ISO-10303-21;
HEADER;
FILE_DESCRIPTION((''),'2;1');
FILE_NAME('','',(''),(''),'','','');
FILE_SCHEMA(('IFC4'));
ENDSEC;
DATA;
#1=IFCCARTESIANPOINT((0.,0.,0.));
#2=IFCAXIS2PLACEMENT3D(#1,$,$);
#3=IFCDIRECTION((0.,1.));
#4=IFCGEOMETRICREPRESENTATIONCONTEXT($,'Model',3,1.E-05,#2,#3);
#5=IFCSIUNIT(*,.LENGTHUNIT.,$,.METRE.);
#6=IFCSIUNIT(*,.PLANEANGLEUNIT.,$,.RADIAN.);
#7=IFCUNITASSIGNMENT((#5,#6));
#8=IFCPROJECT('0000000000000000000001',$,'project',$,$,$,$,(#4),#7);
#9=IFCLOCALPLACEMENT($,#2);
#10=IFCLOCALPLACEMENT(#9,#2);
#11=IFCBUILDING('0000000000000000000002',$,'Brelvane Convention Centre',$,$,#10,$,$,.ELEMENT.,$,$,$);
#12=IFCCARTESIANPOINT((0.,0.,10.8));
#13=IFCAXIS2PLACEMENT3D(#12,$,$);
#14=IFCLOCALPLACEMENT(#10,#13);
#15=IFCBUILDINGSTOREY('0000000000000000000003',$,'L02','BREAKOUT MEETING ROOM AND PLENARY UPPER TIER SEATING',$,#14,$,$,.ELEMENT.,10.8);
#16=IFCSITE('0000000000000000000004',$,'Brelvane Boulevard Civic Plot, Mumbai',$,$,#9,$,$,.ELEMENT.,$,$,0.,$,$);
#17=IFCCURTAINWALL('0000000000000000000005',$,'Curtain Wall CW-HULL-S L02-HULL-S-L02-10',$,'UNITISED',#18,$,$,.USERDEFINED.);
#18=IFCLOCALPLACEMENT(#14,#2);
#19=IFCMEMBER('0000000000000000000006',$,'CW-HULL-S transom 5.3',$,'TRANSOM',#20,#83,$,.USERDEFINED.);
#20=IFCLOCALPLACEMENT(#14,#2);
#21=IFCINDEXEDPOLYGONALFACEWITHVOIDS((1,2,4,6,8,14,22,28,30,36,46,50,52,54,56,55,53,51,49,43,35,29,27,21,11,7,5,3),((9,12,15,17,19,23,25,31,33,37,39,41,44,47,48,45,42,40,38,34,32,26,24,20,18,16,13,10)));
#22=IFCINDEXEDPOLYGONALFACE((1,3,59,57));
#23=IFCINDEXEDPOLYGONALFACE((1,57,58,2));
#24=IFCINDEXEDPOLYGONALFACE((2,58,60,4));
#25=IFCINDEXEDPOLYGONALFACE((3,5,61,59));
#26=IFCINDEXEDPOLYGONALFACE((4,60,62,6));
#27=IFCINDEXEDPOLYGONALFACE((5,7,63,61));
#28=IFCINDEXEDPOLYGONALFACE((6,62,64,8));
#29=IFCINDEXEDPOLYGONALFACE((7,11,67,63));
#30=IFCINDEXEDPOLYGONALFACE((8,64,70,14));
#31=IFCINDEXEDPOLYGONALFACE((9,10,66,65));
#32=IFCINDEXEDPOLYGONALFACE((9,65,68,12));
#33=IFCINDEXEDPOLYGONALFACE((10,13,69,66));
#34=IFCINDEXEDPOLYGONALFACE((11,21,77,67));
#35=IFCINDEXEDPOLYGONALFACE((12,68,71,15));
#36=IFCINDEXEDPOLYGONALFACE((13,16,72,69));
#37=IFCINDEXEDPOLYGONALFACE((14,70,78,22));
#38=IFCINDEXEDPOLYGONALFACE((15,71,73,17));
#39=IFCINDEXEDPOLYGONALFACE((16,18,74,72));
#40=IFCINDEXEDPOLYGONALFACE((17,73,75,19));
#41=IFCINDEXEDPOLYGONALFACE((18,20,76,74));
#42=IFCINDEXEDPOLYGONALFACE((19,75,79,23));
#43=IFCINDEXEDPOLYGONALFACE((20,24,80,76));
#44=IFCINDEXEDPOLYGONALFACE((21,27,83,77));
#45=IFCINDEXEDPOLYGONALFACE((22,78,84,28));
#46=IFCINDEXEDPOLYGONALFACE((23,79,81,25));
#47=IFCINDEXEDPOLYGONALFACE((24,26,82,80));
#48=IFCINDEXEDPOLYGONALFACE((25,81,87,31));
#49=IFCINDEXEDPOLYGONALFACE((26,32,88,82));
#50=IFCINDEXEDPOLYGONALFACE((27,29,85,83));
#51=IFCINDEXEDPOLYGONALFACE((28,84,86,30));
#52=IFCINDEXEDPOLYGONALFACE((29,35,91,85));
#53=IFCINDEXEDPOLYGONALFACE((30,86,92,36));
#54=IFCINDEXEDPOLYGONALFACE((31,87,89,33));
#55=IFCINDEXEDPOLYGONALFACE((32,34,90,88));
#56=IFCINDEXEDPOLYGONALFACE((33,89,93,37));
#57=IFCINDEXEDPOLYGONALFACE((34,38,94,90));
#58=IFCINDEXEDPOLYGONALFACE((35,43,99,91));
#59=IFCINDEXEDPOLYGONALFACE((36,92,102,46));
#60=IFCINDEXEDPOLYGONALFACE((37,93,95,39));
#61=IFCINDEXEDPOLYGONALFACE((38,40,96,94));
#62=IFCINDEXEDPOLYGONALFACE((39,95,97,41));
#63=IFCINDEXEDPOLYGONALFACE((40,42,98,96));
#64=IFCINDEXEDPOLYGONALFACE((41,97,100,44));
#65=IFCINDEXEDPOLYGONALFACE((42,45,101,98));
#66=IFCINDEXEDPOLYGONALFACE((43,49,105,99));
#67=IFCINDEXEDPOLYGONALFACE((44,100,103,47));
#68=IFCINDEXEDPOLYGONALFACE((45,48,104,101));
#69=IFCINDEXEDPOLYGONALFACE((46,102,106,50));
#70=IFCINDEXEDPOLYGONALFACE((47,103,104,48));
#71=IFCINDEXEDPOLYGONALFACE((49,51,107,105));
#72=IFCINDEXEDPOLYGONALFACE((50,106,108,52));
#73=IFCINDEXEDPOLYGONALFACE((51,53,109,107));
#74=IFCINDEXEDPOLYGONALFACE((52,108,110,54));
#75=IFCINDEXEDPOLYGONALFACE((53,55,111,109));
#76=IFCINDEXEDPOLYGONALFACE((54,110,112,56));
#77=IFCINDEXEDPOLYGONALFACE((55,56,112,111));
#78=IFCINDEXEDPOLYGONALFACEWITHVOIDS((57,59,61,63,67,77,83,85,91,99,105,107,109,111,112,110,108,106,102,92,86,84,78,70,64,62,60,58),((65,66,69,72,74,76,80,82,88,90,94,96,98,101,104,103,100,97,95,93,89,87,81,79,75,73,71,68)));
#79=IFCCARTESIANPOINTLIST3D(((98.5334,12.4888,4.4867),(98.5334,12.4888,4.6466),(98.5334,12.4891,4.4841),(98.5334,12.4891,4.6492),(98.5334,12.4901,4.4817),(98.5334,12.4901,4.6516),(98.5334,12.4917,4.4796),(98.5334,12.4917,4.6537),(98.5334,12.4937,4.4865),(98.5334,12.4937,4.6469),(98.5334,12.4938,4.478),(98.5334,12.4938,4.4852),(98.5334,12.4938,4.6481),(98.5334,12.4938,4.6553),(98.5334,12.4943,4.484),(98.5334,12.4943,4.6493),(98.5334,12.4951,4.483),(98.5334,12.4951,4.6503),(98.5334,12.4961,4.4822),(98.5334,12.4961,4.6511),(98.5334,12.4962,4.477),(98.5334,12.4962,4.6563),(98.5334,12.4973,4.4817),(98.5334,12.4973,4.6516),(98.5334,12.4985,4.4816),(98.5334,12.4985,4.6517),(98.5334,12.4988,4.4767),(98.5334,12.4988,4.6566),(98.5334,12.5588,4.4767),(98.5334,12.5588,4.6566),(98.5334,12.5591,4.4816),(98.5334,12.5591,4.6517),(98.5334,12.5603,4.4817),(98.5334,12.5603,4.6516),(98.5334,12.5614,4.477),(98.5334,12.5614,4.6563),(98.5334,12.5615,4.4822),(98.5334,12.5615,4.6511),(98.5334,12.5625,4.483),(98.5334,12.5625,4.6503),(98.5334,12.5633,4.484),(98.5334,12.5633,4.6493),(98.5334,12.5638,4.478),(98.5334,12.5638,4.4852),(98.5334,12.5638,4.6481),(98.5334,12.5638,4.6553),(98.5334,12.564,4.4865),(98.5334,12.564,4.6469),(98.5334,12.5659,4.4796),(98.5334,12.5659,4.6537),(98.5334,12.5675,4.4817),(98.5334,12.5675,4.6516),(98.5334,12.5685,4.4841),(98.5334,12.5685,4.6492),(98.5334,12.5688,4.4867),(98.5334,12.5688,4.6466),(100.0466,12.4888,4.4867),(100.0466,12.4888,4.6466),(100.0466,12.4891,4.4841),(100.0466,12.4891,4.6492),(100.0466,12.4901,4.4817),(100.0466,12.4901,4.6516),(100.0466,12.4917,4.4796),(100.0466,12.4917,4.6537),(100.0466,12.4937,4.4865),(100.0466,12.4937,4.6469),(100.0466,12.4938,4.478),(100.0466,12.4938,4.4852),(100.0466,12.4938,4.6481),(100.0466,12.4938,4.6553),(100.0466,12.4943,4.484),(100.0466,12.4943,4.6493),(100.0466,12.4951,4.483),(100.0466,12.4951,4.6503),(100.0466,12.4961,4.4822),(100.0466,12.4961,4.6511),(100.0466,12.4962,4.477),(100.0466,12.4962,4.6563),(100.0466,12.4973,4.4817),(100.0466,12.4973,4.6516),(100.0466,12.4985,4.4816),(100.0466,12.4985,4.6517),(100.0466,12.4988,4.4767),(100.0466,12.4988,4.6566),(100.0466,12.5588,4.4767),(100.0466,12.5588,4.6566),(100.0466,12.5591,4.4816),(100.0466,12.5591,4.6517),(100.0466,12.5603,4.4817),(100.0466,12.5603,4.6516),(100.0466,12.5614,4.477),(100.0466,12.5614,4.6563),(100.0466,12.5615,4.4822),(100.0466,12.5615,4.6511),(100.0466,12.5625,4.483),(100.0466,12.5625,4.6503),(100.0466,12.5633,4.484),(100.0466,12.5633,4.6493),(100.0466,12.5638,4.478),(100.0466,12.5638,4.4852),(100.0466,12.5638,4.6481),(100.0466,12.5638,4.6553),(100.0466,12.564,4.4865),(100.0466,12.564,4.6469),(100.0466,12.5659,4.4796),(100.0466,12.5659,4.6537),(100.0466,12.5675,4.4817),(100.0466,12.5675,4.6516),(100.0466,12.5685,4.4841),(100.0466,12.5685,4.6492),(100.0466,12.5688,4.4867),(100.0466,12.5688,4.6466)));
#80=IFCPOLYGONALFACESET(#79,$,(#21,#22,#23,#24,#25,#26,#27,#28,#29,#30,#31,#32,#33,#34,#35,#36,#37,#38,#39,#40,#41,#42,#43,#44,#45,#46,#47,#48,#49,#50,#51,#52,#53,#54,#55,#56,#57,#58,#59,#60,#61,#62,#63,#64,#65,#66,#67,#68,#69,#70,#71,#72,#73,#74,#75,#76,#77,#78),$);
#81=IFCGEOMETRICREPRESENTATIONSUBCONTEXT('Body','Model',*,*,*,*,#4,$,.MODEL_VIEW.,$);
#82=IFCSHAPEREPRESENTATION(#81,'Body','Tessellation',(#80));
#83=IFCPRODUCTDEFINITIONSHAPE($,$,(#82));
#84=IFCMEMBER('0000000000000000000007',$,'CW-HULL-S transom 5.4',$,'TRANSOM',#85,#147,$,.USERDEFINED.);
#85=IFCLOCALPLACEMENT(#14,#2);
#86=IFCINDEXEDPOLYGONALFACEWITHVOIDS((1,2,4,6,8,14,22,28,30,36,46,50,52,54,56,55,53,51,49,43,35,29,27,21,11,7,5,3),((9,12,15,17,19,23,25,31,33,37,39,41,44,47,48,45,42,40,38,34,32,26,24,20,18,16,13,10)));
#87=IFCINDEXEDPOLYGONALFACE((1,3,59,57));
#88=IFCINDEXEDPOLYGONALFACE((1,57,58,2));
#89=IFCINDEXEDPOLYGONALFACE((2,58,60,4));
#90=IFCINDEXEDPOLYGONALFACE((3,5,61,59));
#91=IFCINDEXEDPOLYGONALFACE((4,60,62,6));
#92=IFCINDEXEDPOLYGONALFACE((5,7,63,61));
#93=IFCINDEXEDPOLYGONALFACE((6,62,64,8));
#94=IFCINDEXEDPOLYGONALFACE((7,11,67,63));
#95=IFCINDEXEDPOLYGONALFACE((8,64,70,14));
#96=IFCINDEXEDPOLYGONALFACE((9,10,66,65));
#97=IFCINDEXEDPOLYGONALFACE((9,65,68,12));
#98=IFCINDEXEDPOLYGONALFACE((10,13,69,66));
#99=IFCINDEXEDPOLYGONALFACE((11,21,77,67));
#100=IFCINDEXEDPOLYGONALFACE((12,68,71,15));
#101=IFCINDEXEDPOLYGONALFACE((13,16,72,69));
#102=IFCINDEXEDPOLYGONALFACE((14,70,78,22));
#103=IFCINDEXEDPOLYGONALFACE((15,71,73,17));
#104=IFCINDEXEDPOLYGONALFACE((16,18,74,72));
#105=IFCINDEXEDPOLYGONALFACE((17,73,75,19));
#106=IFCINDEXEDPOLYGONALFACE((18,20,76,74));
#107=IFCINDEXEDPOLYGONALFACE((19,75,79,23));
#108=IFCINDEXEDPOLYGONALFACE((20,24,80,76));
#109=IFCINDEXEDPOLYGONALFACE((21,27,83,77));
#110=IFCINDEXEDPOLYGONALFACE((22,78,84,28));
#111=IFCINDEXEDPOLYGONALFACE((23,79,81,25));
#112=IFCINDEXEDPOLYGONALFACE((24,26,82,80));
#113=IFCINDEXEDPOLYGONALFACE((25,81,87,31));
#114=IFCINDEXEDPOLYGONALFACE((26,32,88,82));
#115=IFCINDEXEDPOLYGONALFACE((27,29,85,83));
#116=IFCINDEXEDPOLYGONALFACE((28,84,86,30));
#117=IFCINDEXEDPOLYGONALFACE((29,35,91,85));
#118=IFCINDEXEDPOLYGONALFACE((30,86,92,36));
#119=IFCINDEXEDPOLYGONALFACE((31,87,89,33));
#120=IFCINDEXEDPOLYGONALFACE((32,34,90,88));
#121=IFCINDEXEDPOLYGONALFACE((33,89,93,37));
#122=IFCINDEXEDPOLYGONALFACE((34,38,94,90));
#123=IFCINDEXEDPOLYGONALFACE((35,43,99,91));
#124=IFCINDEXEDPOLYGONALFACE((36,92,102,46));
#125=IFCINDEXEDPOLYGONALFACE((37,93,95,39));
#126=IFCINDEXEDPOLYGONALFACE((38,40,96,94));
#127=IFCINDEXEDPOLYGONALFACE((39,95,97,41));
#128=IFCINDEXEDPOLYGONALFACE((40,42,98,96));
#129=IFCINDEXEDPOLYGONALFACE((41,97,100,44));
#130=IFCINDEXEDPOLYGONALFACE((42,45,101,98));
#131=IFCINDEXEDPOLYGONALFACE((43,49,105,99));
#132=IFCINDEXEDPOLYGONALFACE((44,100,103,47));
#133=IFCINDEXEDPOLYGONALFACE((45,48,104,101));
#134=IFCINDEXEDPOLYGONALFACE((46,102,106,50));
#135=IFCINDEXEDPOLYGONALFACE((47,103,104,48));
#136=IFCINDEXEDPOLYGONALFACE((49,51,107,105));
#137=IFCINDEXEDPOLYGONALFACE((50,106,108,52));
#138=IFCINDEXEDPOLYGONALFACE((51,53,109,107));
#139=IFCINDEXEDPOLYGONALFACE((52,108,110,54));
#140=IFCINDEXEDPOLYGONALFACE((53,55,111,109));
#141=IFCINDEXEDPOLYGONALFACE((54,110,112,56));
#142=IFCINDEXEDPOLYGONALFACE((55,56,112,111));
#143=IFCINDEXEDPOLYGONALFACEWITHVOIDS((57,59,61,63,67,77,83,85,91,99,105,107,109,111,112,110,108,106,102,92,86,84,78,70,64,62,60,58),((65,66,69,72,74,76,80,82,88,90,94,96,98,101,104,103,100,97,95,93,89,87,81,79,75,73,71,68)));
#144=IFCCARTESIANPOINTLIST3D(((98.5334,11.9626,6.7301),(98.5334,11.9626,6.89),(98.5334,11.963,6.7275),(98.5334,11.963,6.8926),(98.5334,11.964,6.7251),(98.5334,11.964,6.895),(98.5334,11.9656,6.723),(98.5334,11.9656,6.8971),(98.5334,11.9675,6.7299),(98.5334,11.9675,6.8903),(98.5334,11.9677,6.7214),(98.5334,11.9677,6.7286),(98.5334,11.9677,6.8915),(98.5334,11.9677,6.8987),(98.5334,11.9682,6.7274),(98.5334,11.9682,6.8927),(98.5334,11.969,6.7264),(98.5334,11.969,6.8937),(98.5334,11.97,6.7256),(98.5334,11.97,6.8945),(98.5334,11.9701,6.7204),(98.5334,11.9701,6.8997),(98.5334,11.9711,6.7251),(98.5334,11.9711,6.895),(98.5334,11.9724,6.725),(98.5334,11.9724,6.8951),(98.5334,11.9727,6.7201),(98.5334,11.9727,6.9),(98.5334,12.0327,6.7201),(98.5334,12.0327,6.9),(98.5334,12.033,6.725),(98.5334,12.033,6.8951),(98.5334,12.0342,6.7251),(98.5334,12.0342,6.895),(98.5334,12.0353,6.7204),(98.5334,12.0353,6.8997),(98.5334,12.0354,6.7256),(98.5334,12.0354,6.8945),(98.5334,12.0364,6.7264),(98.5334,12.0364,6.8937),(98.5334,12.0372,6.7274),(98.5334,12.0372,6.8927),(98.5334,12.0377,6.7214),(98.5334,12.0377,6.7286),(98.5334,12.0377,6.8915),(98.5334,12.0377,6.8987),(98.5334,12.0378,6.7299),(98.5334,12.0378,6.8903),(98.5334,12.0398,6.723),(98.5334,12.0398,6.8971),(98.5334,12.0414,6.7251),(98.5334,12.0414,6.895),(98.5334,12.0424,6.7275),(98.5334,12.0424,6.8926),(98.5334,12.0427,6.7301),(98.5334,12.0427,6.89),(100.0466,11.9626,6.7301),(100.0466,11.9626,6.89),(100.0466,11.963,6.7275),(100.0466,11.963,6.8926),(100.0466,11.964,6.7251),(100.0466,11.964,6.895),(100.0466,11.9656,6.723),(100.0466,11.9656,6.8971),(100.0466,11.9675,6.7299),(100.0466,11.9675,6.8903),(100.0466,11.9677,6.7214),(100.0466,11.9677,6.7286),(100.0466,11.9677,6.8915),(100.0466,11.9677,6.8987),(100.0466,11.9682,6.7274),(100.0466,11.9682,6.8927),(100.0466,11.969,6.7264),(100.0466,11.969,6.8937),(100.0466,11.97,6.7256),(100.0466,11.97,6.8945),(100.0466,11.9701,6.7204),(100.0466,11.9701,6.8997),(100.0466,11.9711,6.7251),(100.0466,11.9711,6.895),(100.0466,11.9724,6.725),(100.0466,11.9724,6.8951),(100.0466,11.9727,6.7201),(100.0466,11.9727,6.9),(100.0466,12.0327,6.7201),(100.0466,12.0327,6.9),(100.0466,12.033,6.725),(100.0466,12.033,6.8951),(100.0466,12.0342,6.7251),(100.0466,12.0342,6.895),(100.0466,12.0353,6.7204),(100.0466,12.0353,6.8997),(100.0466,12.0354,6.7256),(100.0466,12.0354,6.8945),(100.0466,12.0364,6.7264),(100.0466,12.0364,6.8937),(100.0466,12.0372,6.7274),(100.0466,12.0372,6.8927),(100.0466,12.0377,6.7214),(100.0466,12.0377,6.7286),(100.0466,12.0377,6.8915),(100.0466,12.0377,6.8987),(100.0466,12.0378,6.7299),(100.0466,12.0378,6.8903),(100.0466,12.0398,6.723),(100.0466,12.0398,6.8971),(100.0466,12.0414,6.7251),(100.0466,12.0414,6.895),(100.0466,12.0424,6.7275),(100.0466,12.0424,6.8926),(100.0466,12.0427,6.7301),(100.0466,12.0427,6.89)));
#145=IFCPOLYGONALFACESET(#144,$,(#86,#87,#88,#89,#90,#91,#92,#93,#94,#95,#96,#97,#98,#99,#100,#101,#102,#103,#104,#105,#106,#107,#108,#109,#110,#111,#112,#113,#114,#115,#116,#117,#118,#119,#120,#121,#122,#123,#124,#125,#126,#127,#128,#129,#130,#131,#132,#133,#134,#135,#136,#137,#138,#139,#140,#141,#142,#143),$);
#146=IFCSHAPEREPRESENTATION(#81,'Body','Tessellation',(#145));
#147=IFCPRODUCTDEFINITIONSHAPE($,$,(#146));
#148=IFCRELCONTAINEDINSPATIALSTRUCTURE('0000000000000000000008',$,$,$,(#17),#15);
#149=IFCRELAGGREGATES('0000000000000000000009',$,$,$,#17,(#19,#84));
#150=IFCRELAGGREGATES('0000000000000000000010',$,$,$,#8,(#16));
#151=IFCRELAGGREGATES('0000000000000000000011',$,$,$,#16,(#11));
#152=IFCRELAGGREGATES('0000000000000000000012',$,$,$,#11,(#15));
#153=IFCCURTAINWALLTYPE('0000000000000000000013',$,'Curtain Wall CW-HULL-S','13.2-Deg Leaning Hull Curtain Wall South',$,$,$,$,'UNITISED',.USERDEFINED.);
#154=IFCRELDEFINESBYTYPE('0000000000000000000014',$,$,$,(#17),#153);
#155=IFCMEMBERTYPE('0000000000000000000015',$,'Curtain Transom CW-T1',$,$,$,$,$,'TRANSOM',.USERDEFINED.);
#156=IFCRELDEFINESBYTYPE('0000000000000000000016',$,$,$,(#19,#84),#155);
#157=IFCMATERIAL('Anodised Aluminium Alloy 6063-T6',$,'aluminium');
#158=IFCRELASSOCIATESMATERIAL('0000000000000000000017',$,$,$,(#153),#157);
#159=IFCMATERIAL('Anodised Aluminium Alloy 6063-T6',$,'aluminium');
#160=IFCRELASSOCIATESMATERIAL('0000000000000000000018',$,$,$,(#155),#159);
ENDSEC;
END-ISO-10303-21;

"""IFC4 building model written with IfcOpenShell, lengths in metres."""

from ifc_helpers import new_model, si_unit, direction, frame, origin, origin_2d, place, context, subcontext, project, spatial, hollow_rectangle, extrude, material, material_profile, profile_set, type_object, element, aggregate, save


model = new_model("IFC4")

# Units and contexts
model_context = context("Model", 3, precision=1e-05, world=origin(), true_north=direction((0.0, 1.0)))
body_context = subcontext(model_context, "Body", "Model", "MODEL_VIEW")
ifc_project = project(units=[si_unit("LENGTHUNIT", "METRE"), si_unit("PLANEANGLEUNIT", "RADIAN")], contexts=[model_context])

# Site, building, storey
site_placement = place(None, origin())
site = spatial("IfcSite", under=ifc_project, at=site_placement, Name="Brelvane Boulevard Civic Plot, Mumbai", CompositionType="ELEMENT", RefElevation=0.0)
building_placement = place(site_placement, origin())
building = spatial("IfcBuilding", under=site, at=building_placement, Name="Brelvane Convention Centre", CompositionType="ELEMENT")
storey_placement = place(building_placement, frame((0.0, 0.0, 10.8)))
storey = spatial("IfcBuildingStorey", under=building, at=storey_placement, Name="L02", Description="BREAKOUT MEETING ROOM AND PLENARY UPPER TIER SEATING", CompositionType="ELEMENT", Elevation=10.8)

# Curtain wall, members
ifc_material_1 = material(Name="Anodised Aluminium Alloy 6063-T6", Category="aluminium")
curtain_wall_type = type_object("IfcCurtainWallType", Name="Curtain Wall CW-HULL-S", Description="13.2-Deg Leaning Hull Curtain Wall South", ElementType="UNITISED", PredefinedType="USERDEFINED", material=ifc_material_1)
curtain_wall_1_placement = place(storey_placement, origin())
curtain_wall_1 = element("IfcCurtainWall", 1, at=curtain_wall_1_placement, inside=storey, type_object=curtain_wall_type, Name="Curtain Wall CW-HULL-S L02-HULL-S-L02-10", ObjectType="UNITISED", PredefinedType="USERDEFINED")
ifc_material_2 = material(Name="Anodised Aluminium Alloy 6063-T6", Category="aluminium")
ifc_material_profile = material_profile(ifc_material_2, hollow_rectangle(XDim=0.0801, YDim=0.1799, WallThickness=0.0049, InnerFilletRadius=0.0049, OuterFilletRadius=0.01, at=origin_2d()), Name="ALU-T 180x80x5.0")
ifc_profile_set = profile_set([ifc_material_profile], Name="Anodised Aluminium Alloy 6063-T6")
member_type = type_object("IfcMemberType", Name="Curtain Transom CW-T1", ElementType="TRANSOM", PredefinedType="USERDEFINED", material=ifc_profile_set)
member_1_placement = place(storey_placement, frame((98.5334, 12.5288, 4.5667), z_axis=(1.0, 0.0, 0.0), x_axis=(0.0, 1.0, 0.0)))
member_1 = element("IfcMember", 2, at=member_1_placement, type_object=member_type, Name="CW-HULL-S transom 5.3", ObjectType="TRANSOM", PredefinedType="USERDEFINED", context=body_context, shape_type="SweptSolid", body=[
    extrude(hollow_rectangle(XDim=0.0801, YDim=0.1799, WallThickness=0.0049, InnerFilletRadius=0.0049, OuterFilletRadius=0.01, at=origin_2d()), origin(), (0.0, 0.0, 1.0), 1.5132),
])
member_2_placement = place(storey_placement, frame((98.5334, 12.0027, 6.8101), z_axis=(1.0, 0.0, 0.0), x_axis=(0.0, 1.0, 0.0)))
member_2 = element("IfcMember", 3, at=member_2_placement, type_object=member_type, Name="CW-HULL-S transom 5.4", ObjectType="TRANSOM", PredefinedType="USERDEFINED", context=body_context, shape_type="SweptSolid", body=[
    extrude(hollow_rectangle(XDim=0.0801, YDim=0.1799, WallThickness=0.0049, InnerFilletRadius=0.0049, OuterFilletRadius=0.01, at=origin_2d()), origin(), (0.0, 0.0, 1.0), 1.5132),
])

aggregate(curtain_wall_1, [member_1, member_2])

save(model, "model.ifc")
